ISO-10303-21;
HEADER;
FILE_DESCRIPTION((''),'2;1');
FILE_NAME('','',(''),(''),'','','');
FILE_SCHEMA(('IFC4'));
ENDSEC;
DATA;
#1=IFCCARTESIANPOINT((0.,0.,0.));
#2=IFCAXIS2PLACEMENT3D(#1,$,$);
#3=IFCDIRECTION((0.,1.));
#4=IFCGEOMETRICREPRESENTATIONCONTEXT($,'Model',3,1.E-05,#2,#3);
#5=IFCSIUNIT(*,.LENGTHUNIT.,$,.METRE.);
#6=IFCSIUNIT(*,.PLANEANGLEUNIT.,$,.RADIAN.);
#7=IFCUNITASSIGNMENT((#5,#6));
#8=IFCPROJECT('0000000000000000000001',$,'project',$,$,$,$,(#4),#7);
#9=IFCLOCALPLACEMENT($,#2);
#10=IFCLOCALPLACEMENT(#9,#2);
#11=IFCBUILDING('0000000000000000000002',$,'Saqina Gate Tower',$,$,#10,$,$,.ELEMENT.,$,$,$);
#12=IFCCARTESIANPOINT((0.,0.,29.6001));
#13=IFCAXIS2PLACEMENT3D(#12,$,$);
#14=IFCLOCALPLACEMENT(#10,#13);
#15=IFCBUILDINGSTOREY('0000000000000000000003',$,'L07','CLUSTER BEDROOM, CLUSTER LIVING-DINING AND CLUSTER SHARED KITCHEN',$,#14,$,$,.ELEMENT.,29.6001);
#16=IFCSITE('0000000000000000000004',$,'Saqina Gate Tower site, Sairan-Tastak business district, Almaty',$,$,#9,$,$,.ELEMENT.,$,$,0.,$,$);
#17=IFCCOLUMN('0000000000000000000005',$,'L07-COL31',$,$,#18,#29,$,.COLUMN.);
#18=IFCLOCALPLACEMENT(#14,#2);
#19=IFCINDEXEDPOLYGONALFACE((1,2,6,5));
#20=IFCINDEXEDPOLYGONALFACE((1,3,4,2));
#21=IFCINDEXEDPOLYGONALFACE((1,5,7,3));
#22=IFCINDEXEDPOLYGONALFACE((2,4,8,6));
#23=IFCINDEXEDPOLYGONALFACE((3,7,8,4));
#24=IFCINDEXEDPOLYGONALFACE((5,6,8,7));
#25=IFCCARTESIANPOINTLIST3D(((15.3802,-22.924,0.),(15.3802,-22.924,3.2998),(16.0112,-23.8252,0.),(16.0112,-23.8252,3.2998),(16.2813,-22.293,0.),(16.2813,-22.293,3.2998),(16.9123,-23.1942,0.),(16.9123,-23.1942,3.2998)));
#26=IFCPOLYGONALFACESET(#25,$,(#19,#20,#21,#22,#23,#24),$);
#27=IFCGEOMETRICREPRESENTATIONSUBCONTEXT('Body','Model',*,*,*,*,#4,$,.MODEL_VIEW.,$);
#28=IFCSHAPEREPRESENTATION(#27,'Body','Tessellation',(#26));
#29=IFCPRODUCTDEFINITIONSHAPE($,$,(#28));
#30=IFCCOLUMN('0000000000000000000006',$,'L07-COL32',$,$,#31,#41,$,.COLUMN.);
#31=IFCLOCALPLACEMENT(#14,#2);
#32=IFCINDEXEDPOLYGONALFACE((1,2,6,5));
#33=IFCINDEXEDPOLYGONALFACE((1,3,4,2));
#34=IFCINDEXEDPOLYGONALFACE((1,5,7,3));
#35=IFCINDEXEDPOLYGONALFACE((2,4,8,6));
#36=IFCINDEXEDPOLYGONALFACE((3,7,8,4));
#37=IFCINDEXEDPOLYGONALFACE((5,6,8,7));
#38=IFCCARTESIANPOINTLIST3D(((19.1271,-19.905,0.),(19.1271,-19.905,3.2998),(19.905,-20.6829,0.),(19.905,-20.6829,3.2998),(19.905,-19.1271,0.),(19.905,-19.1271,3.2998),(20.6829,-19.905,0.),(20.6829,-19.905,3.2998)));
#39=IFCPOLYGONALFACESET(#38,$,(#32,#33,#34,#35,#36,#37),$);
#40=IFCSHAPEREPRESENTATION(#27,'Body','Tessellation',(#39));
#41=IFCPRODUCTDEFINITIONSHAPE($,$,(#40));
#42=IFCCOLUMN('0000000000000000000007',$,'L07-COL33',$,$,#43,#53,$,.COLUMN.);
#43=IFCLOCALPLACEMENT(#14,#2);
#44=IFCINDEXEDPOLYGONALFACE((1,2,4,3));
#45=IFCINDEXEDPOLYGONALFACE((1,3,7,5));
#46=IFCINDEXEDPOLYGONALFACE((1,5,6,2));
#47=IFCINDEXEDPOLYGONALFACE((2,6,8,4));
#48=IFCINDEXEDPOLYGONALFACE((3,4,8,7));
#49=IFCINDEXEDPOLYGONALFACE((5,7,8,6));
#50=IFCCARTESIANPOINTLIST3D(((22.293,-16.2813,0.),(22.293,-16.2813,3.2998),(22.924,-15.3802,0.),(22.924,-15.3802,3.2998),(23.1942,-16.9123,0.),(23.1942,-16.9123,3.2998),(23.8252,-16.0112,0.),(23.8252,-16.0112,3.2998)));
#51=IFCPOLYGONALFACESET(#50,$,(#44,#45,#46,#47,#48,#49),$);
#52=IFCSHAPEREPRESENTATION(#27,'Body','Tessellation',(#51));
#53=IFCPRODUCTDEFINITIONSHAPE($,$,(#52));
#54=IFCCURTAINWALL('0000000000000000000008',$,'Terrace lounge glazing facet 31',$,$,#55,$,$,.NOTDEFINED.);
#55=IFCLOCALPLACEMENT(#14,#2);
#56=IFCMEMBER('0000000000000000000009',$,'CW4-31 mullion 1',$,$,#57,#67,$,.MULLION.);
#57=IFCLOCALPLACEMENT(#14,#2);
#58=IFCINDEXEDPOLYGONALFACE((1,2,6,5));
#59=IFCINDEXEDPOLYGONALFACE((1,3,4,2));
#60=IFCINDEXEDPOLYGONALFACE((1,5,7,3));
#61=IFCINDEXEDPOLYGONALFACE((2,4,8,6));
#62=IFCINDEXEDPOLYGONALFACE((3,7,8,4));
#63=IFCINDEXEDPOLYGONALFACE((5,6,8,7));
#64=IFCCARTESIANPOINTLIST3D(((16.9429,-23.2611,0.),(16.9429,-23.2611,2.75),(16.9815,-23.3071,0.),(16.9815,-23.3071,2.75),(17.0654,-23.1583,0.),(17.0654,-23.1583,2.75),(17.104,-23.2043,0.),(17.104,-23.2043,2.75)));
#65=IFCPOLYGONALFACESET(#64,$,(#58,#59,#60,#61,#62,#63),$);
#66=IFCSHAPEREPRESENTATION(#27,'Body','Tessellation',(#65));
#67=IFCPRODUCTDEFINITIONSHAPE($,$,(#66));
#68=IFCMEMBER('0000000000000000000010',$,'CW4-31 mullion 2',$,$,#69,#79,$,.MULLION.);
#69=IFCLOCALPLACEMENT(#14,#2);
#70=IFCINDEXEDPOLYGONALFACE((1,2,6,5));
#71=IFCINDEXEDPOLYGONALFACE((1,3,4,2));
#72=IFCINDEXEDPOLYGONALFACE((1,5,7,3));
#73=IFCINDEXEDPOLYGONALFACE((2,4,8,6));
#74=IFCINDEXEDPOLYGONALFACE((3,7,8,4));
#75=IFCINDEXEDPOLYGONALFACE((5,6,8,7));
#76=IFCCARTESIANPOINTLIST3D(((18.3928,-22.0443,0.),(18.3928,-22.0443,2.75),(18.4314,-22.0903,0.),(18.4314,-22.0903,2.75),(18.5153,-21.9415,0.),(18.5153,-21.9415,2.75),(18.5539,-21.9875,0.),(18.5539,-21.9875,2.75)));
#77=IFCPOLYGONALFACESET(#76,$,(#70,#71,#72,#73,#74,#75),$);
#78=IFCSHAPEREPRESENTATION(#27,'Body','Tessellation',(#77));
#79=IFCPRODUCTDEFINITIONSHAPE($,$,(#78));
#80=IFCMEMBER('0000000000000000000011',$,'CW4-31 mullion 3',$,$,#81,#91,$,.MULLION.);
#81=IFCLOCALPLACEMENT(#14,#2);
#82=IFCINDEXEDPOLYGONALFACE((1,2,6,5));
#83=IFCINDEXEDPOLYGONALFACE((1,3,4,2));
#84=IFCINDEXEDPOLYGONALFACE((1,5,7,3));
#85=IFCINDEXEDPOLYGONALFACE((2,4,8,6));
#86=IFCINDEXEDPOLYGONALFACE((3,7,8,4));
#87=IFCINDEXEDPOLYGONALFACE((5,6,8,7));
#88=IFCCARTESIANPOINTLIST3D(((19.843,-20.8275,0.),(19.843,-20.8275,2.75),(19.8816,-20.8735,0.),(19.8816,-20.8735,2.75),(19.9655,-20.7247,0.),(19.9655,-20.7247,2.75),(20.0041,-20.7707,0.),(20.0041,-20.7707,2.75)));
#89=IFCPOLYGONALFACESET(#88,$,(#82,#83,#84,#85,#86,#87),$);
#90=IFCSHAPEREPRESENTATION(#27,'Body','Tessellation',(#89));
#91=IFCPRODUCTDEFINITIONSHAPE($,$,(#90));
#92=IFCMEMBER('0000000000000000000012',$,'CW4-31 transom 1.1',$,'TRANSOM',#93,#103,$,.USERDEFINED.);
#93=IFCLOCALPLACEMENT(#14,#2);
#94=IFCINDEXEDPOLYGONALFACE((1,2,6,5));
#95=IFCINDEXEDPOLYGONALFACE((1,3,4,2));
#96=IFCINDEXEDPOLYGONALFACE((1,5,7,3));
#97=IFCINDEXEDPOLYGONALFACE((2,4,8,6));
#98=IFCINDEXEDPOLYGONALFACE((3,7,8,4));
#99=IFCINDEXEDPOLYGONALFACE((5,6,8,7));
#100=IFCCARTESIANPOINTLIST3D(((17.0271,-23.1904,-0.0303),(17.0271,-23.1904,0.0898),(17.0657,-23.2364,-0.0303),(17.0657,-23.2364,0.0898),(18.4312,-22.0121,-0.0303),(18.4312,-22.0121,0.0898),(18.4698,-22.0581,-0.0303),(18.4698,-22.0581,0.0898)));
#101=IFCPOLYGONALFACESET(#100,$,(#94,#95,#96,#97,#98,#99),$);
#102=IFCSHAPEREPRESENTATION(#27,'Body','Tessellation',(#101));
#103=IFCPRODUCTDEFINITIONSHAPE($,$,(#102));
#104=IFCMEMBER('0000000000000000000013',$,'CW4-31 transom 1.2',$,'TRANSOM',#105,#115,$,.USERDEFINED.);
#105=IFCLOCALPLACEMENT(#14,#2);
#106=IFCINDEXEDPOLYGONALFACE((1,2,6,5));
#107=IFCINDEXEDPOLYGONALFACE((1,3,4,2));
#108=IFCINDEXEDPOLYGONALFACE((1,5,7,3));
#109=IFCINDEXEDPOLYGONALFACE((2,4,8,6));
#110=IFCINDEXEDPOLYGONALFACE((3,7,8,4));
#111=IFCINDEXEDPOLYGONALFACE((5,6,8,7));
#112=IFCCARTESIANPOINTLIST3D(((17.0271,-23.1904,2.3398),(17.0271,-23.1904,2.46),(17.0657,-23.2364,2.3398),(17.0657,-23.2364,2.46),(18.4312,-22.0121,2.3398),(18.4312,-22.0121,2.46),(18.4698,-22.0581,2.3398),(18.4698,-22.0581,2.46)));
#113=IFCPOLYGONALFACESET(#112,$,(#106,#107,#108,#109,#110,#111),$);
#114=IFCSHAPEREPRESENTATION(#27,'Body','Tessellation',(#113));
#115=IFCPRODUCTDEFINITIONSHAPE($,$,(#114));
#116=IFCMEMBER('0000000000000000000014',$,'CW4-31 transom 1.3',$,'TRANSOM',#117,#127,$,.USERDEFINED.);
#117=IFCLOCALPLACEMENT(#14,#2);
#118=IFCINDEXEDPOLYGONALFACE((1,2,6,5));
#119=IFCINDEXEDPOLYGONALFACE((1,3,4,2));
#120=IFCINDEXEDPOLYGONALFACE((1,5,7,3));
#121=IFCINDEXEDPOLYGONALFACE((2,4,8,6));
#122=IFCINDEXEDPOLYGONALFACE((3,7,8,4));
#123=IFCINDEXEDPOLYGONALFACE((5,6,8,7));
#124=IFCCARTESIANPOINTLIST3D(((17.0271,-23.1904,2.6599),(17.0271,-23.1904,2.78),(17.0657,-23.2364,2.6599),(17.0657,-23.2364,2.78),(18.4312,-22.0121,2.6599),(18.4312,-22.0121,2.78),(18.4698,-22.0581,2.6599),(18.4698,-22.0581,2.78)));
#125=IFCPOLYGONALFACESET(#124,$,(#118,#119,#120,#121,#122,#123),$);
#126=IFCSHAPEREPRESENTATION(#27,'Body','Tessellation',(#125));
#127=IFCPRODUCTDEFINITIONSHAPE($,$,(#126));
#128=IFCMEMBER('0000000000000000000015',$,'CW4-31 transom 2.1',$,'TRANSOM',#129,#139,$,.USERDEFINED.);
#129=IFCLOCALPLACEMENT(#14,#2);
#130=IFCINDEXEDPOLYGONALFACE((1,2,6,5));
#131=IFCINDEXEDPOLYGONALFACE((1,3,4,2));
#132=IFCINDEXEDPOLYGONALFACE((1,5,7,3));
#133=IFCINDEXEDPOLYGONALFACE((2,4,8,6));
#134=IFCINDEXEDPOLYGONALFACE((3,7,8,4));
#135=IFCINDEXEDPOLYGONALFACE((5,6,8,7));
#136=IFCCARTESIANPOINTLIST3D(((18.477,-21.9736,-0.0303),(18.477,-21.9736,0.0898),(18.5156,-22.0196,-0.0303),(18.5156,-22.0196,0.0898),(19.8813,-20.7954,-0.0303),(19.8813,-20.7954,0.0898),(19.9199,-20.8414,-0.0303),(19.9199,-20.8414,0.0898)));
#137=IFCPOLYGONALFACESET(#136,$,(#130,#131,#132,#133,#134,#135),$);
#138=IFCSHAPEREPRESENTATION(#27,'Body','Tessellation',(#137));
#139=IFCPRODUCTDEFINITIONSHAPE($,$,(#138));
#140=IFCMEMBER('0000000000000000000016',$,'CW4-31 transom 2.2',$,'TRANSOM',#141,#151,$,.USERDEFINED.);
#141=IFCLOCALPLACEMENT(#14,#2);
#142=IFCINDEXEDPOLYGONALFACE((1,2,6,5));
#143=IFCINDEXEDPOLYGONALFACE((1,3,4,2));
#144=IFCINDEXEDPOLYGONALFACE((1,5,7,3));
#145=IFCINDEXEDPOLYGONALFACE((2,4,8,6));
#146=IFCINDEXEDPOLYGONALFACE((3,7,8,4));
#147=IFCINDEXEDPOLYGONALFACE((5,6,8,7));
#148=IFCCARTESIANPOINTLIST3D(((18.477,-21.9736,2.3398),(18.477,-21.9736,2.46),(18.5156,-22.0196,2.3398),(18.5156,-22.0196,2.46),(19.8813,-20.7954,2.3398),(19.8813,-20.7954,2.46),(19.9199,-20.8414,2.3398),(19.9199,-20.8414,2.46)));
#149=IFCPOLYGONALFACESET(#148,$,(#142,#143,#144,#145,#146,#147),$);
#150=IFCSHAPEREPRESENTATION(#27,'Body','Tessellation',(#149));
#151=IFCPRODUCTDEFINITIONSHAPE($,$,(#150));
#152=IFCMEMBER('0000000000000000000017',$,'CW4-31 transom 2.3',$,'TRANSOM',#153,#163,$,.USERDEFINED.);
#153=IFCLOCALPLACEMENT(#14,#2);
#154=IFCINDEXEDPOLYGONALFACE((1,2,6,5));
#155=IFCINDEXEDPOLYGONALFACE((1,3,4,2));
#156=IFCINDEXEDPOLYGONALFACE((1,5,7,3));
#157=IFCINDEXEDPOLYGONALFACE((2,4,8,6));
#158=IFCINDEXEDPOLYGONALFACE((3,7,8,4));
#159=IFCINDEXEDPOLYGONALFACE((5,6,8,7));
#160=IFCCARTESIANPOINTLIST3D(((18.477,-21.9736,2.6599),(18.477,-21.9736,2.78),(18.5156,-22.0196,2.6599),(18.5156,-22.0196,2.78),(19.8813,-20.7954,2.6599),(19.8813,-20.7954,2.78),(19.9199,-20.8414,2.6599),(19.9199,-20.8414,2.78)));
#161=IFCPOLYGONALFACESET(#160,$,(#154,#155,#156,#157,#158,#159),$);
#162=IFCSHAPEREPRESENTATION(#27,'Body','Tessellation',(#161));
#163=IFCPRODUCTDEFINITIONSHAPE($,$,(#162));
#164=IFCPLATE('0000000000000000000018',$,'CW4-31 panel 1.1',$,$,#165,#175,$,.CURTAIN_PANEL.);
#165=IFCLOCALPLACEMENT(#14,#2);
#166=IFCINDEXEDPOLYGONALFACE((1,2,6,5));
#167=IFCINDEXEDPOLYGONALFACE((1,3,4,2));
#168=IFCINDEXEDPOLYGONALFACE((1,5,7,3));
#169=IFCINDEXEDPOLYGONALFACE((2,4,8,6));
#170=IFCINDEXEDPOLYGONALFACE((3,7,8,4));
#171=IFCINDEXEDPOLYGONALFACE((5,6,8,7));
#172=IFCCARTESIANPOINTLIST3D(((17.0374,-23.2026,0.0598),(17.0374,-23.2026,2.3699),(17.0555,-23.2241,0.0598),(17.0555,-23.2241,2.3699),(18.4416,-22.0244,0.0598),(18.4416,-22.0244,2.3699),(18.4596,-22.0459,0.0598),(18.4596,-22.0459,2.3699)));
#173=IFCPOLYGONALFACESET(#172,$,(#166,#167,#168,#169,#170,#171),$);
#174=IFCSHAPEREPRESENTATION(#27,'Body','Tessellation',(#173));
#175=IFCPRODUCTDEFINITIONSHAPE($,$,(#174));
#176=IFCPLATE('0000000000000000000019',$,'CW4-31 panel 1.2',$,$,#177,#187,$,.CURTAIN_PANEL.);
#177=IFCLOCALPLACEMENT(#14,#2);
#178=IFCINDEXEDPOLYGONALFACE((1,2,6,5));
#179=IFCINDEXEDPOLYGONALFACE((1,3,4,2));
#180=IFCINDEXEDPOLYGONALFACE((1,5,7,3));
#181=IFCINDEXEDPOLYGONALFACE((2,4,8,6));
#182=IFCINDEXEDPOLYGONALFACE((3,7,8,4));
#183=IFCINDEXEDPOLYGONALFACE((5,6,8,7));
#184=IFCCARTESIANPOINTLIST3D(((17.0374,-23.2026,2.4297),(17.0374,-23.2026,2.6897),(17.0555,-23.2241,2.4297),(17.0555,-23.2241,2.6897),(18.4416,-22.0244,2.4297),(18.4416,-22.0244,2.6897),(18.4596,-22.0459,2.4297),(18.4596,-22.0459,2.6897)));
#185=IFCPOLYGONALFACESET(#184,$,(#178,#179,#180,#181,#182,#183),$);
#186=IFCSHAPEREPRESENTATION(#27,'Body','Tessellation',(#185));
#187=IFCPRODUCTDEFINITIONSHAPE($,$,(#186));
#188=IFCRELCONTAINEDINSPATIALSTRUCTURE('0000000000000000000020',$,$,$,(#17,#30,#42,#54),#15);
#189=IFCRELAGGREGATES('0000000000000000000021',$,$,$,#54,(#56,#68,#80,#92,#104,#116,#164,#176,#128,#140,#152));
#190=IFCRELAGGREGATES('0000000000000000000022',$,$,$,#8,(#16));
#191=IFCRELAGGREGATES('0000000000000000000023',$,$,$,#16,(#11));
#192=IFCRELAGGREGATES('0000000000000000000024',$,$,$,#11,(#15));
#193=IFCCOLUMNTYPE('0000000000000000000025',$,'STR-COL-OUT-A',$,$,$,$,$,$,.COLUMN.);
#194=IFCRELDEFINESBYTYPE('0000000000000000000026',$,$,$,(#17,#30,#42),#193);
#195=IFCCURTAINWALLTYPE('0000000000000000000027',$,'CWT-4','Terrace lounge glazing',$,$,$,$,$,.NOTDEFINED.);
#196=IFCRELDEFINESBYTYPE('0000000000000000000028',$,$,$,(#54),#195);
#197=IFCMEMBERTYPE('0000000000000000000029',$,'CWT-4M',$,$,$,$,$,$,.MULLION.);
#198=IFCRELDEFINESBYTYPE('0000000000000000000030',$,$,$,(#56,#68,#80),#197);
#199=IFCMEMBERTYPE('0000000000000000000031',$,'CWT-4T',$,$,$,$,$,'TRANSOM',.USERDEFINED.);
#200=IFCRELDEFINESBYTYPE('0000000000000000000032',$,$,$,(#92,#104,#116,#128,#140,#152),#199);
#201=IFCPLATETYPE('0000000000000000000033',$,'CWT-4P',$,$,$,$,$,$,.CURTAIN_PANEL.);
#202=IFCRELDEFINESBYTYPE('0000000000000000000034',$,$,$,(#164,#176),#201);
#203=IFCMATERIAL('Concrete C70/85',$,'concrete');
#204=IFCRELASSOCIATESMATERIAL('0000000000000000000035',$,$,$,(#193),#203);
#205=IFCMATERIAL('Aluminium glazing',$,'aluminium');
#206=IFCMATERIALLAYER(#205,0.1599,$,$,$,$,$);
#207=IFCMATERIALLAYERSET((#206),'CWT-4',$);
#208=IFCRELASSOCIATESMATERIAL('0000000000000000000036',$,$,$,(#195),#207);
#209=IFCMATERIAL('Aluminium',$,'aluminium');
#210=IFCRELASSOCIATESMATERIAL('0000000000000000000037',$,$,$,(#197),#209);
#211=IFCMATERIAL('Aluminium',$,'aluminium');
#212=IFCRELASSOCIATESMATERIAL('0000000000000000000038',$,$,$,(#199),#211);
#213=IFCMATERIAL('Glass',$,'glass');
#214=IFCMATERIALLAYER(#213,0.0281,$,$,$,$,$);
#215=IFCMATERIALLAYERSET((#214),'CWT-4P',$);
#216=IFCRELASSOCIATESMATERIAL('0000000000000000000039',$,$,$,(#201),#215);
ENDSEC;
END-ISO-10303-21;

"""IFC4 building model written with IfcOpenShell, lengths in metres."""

from ifc_helpers import new_model, si_unit, direction, frame, origin, origin_2d, place, context, subcontext, project, spatial, rectangle, extrude, material, layer, layer_set, material_profile, profile_set, type_object, element, aggregate, save


model = new_model("IFC4")

# Units and contexts
model_context = context("Model", 3, precision=1e-05, world=origin(), true_north=direction((0.0, 1.0)))
body_context = subcontext(model_context, "Body", "Model", "MODEL_VIEW")
ifc_project = project(units=[si_unit("LENGTHUNIT", "METRE"), si_unit("PLANEANGLEUNIT", "RADIAN")], contexts=[model_context])

# Site, building, storey
site_placement = place(None, origin())
site = spatial("IfcSite", under=ifc_project, at=site_placement, Name="Saqina Gate Tower site, Sairan-Tastak business district, Almaty", CompositionType="ELEMENT", RefElevation=0.0)
building_placement = place(site_placement, origin())
building = spatial("IfcBuilding", under=site, at=building_placement, Name="Saqina Gate Tower", CompositionType="ELEMENT")
storey_placement = place(building_placement, frame((0.0, 0.0, 29.6001)))
storey = spatial("IfcBuildingStorey", under=building, at=storey_placement, Name="L07", Description="CLUSTER BEDROOM, CLUSTER LIVING-DINING AND CLUSTER SHARED KITCHEN", CompositionType="ELEMENT", Elevation=29.6001)

# Columns
ifc_material_1 = material(Name="Concrete C70/85", Category="concrete")
ifc_material_profile_1 = material_profile(ifc_material_1, rectangle(XDim=1.1001, YDim=1.1001, at=origin_2d()), Name="RC 1100x1100")
ifc_profile_set_1 = profile_set([ifc_material_profile_1], Name="Concrete C70/85")
column_type = type_object("IfcColumnType", Name="STR-COL-OUT-A", PredefinedType="COLUMN", material=ifc_profile_set_1)
for number, where, z_axis, x_axis, name in (
    (1, (16.1462, -23.0591, 0.0), (0.0, 0.0, 1.0), (0.573576, -0.819152, 0.0), "L07-COL31"),
    (2, (19.905, -19.905, 0.0), (0.0, 0.0, 1.0), (0.707107, -0.707107, 0.0), "L07-COL32"),
    (3, (23.0591, -16.1462, 0.0), (0.0, 0.0, 1.0), (0.819152, -0.573576, 0.0), "L07-COL33"),
):
    element("IfcColumn", number, at=place(storey_placement, frame(where, z_axis=z_axis, x_axis=x_axis)), inside=storey, type_object=column_type, Name=name, PredefinedType="COLUMN", context=body_context, shape_type="SweptSolid", body=[
        extrude(rectangle(XDim=1.1001, YDim=1.1001, at=origin_2d()), origin(), (0.0, 0.0, 1.0), 3.2998),
    ])

# Curtain wall, members, plates
ifc_material_2 = material(Name="Aluminium glazing", Category="aluminium")
ifc_layer_1 = layer(ifc_material_2, 0.1599)
ifc_layer_set_1 = layer_set([ifc_layer_1], Name="CWT-4")
curtain_wall_type = type_object("IfcCurtainWallType", Name="CWT-4", Description="Terrace lounge glazing", PredefinedType="NOTDEFINED", material=ifc_layer_set_1)
curtain_wall_placement = place(storey_placement, origin())
curtain_wall = element("IfcCurtainWall", 4, at=curtain_wall_placement, inside=storey, type_object=curtain_wall_type, Name="Terrace lounge glazing facet 31", PredefinedType="NOTDEFINED")
ifc_material_3 = material(Name="Aluminium", Category="aluminium")
ifc_material_profile_2 = material_profile(ifc_material_3, rectangle(XDim=0.0601, YDim=0.1599, at=origin_2d()), Name="Aluminium 60x160")
ifc_profile_set_2 = profile_set([ifc_material_profile_2], Name="Aluminium")
member_type_1 = type_object("IfcMemberType", Name="CWT-4M", PredefinedType="MULLION", material=ifc_profile_set_2)
member_1_placement = place(storey_placement, frame((17.0234, -23.2327, 0.0), z_axis=(0.0, 0.0, 1.0), x_axis=(-0.642792, 0.766041, 0.0)))
member_1 = element("IfcMember", 5, at=member_1_placement, type_object=member_type_1, Name="CW4-31 mullion 1", PredefinedType="MULLION", context=body_context, shape_type="SweptSolid", body=[
    extrude(rectangle(XDim=0.0601, YDim=0.1599, at=origin_2d()), origin(), (0.0, 0.0, 1.0), 2.75),
])
member_2_placement = place(storey_placement, frame((18.4734, -22.0159, 0.0), z_axis=(0.0, 0.0, 1.0), x_axis=(-0.642792, 0.766041, 0.0)))
member_2 = element("IfcMember", 6, at=member_2_placement, type_object=member_type_1, Name="CW4-31 mullion 2", PredefinedType="MULLION", context=body_context, shape_type="SweptSolid", body=[
    extrude(rectangle(XDim=0.0601, YDim=0.1599, at=origin_2d()), origin(), (0.0, 0.0, 1.0), 2.75),
])
member_3_placement = place(storey_placement, frame((19.9236, -20.7991, 0.0), z_axis=(0.0, 0.0, 1.0), x_axis=(-0.642792, 0.766041, 0.0)))
member_3 = element("IfcMember", 7, at=member_3_placement, type_object=member_type_1, Name="CW4-31 mullion 3", PredefinedType="MULLION", context=body_context, shape_type="SweptSolid", body=[
    extrude(rectangle(XDim=0.0601, YDim=0.1599, at=origin_2d()), origin(), (0.0, 0.0, 1.0), 2.75),
])
ifc_material_4 = material(Name="Aluminium", Category="aluminium")
ifc_material_profile_3 = material_profile(ifc_material_4, rectangle(XDim=0.0601, YDim=0.1201, at=origin_2d()), Name="Aluminium 60x120")
ifc_profile_set_3 = profile_set([ifc_material_profile_3], Name="Aluminium")
member_type_2 = type_object("IfcMemberType", Name="CWT-4T", ElementType="TRANSOM", PredefinedType="USERDEFINED", material=ifc_profile_set_3)
member_4_placement = place(storey_placement, frame((17.0464, -23.2134, 0.0298), z_axis=(0.766022, 0.642814, 0.0), x_axis=(-0.642814, 0.766022, 0.0)))
member_4 = element("IfcMember", 8, at=member_4_placement, type_object=member_type_2, Name="CW4-31 transom 1.1", ObjectType="TRANSOM", PredefinedType="USERDEFINED", context=body_context, shape_type="SweptSolid", body=[
    extrude(rectangle(XDim=0.0601, YDim=0.1201, at=origin_2d()), origin(), (0.0, 0.0, 1.0), 1.833),
])
member_5_placement = place(storey_placement, frame((17.0464, -23.2134, 2.3999), z_axis=(0.766022, 0.642814, 0.0), x_axis=(-0.642814, 0.766022, 0.0)))
member_5 = element("IfcMember", 9, at=member_5_placement, type_object=member_type_2, Name="CW4-31 transom 1.2", ObjectType="TRANSOM", PredefinedType="USERDEFINED", context=body_context, shape_type="SweptSolid", body=[
    extrude(rectangle(XDim=0.0601, YDim=0.1201, at=origin_2d()), origin(), (0.0, 0.0, 1.0), 1.833),
])
member_6_placement = place(storey_placement, frame((17.0464, -23.2134, 2.72), z_axis=(0.766022, 0.642814, 0.0), x_axis=(-0.642814, 0.766022, 0.0)))
member_6 = element("IfcMember", 10, at=member_6_placement, type_object=member_type_2, Name="CW4-31 transom 1.3", ObjectType="TRANSOM", PredefinedType="USERDEFINED", context=body_context, shape_type="SweptSolid", body=[
    extrude(rectangle(XDim=0.0601, YDim=0.1201, at=origin_2d()), origin(), (0.0, 0.0, 1.0), 1.833),
])
member_7_placement = place(storey_placement, frame((18.4963, -21.9966, 0.0298), z_axis=(0.766077, 0.642748, 0.0), x_axis=(-0.642748, 0.766077, 0.0)))
member_7 = element("IfcMember", 11, at=member_7_placement, type_object=member_type_2, Name="CW4-31 transom 2.1", ObjectType="TRANSOM", PredefinedType="USERDEFINED", context=body_context, shape_type="SweptSolid", body=[
    extrude(rectangle(XDim=0.0601, YDim=0.1201, at=origin_2d()), origin(), (0.0, 0.0, 1.0), 1.833),
])
member_8_placement = place(storey_placement, frame((18.4963, -21.9966, 2.3999), z_axis=(0.766077, 0.642748, 0.0), x_axis=(-0.642748, 0.766077, 0.0)))
member_8 = element("IfcMember", 12, at=member_8_placement, type_object=member_type_2, Name="CW4-31 transom 2.2", ObjectType="TRANSOM", PredefinedType="USERDEFINED", context=body_context, shape_type="SweptSolid", body=[
    extrude(rectangle(XDim=0.0601, YDim=0.1201, at=origin_2d()), origin(), (0.0, 0.0, 1.0), 1.833),
])
member_9_placement = place(storey_placement, frame((18.4963, -21.9966, 2.72), z_axis=(0.766077, 0.642748, 0.0), x_axis=(-0.642748, 0.766077, 0.0)))
member_9 = element("IfcMember", 13, at=member_9_placement, type_object=member_type_2, Name="CW4-31 transom 2.3", ObjectType="TRANSOM", PredefinedType="USERDEFINED", context=body_context, shape_type="SweptSolid", body=[
    extrude(rectangle(XDim=0.0601, YDim=0.1201, at=origin_2d()), origin(), (0.0, 0.0, 1.0), 1.833),
])
ifc_material_5 = material(Name="Glass", Category="glass")
ifc_layer_2 = layer(ifc_material_5, 0.0281)
ifc_layer_set_2 = layer_set([ifc_layer_2], Name="CWT-4P")
plate_type = type_object("IfcPlateType", Name="CWT-4P", PredefinedType="CURTAIN_PANEL", material=ifc_layer_set_2)
plate_1_placement = place(storey_placement, frame((17.7485, -22.6243, 0.0598), z_axis=(0.0, 0.0, 1.0), x_axis=(0.766041, 0.642792, 0.0)))
plate_1 = element("IfcPlate", 14, at=plate_1_placement, type_object=plate_type, Name="CW4-31 panel 1.1", PredefinedType="CURTAIN_PANEL", context=body_context, shape_type="SweptSolid", body=[
    extrude(rectangle(XDim=1.833, YDim=0.0281, at=origin_2d()), origin(), (0.0, 0.0, 1.0), 2.3101),
])
plate_2_placement = place(storey_placement, frame((17.7485, -22.6243, 2.4297), z_axis=(0.0, 0.0, 1.0), x_axis=(0.766041, 0.642792, 0.0)))
plate_2 = element("IfcPlate", 15, at=plate_2_placement, type_object=plate_type, Name="CW4-31 panel 1.2", PredefinedType="CURTAIN_PANEL", context=body_context, shape_type="SweptSolid", body=[
    extrude(rectangle(XDim=1.833, YDim=0.0281, at=origin_2d()), origin(), (0.0, 0.0, 1.0), 0.26),
])
aggregate(curtain_wall, [member_1, member_2, member_3, member_4, member_5, member_6, plate_1, plate_2, member_7, member_8, member_9])

save(model, "model.ifc")
